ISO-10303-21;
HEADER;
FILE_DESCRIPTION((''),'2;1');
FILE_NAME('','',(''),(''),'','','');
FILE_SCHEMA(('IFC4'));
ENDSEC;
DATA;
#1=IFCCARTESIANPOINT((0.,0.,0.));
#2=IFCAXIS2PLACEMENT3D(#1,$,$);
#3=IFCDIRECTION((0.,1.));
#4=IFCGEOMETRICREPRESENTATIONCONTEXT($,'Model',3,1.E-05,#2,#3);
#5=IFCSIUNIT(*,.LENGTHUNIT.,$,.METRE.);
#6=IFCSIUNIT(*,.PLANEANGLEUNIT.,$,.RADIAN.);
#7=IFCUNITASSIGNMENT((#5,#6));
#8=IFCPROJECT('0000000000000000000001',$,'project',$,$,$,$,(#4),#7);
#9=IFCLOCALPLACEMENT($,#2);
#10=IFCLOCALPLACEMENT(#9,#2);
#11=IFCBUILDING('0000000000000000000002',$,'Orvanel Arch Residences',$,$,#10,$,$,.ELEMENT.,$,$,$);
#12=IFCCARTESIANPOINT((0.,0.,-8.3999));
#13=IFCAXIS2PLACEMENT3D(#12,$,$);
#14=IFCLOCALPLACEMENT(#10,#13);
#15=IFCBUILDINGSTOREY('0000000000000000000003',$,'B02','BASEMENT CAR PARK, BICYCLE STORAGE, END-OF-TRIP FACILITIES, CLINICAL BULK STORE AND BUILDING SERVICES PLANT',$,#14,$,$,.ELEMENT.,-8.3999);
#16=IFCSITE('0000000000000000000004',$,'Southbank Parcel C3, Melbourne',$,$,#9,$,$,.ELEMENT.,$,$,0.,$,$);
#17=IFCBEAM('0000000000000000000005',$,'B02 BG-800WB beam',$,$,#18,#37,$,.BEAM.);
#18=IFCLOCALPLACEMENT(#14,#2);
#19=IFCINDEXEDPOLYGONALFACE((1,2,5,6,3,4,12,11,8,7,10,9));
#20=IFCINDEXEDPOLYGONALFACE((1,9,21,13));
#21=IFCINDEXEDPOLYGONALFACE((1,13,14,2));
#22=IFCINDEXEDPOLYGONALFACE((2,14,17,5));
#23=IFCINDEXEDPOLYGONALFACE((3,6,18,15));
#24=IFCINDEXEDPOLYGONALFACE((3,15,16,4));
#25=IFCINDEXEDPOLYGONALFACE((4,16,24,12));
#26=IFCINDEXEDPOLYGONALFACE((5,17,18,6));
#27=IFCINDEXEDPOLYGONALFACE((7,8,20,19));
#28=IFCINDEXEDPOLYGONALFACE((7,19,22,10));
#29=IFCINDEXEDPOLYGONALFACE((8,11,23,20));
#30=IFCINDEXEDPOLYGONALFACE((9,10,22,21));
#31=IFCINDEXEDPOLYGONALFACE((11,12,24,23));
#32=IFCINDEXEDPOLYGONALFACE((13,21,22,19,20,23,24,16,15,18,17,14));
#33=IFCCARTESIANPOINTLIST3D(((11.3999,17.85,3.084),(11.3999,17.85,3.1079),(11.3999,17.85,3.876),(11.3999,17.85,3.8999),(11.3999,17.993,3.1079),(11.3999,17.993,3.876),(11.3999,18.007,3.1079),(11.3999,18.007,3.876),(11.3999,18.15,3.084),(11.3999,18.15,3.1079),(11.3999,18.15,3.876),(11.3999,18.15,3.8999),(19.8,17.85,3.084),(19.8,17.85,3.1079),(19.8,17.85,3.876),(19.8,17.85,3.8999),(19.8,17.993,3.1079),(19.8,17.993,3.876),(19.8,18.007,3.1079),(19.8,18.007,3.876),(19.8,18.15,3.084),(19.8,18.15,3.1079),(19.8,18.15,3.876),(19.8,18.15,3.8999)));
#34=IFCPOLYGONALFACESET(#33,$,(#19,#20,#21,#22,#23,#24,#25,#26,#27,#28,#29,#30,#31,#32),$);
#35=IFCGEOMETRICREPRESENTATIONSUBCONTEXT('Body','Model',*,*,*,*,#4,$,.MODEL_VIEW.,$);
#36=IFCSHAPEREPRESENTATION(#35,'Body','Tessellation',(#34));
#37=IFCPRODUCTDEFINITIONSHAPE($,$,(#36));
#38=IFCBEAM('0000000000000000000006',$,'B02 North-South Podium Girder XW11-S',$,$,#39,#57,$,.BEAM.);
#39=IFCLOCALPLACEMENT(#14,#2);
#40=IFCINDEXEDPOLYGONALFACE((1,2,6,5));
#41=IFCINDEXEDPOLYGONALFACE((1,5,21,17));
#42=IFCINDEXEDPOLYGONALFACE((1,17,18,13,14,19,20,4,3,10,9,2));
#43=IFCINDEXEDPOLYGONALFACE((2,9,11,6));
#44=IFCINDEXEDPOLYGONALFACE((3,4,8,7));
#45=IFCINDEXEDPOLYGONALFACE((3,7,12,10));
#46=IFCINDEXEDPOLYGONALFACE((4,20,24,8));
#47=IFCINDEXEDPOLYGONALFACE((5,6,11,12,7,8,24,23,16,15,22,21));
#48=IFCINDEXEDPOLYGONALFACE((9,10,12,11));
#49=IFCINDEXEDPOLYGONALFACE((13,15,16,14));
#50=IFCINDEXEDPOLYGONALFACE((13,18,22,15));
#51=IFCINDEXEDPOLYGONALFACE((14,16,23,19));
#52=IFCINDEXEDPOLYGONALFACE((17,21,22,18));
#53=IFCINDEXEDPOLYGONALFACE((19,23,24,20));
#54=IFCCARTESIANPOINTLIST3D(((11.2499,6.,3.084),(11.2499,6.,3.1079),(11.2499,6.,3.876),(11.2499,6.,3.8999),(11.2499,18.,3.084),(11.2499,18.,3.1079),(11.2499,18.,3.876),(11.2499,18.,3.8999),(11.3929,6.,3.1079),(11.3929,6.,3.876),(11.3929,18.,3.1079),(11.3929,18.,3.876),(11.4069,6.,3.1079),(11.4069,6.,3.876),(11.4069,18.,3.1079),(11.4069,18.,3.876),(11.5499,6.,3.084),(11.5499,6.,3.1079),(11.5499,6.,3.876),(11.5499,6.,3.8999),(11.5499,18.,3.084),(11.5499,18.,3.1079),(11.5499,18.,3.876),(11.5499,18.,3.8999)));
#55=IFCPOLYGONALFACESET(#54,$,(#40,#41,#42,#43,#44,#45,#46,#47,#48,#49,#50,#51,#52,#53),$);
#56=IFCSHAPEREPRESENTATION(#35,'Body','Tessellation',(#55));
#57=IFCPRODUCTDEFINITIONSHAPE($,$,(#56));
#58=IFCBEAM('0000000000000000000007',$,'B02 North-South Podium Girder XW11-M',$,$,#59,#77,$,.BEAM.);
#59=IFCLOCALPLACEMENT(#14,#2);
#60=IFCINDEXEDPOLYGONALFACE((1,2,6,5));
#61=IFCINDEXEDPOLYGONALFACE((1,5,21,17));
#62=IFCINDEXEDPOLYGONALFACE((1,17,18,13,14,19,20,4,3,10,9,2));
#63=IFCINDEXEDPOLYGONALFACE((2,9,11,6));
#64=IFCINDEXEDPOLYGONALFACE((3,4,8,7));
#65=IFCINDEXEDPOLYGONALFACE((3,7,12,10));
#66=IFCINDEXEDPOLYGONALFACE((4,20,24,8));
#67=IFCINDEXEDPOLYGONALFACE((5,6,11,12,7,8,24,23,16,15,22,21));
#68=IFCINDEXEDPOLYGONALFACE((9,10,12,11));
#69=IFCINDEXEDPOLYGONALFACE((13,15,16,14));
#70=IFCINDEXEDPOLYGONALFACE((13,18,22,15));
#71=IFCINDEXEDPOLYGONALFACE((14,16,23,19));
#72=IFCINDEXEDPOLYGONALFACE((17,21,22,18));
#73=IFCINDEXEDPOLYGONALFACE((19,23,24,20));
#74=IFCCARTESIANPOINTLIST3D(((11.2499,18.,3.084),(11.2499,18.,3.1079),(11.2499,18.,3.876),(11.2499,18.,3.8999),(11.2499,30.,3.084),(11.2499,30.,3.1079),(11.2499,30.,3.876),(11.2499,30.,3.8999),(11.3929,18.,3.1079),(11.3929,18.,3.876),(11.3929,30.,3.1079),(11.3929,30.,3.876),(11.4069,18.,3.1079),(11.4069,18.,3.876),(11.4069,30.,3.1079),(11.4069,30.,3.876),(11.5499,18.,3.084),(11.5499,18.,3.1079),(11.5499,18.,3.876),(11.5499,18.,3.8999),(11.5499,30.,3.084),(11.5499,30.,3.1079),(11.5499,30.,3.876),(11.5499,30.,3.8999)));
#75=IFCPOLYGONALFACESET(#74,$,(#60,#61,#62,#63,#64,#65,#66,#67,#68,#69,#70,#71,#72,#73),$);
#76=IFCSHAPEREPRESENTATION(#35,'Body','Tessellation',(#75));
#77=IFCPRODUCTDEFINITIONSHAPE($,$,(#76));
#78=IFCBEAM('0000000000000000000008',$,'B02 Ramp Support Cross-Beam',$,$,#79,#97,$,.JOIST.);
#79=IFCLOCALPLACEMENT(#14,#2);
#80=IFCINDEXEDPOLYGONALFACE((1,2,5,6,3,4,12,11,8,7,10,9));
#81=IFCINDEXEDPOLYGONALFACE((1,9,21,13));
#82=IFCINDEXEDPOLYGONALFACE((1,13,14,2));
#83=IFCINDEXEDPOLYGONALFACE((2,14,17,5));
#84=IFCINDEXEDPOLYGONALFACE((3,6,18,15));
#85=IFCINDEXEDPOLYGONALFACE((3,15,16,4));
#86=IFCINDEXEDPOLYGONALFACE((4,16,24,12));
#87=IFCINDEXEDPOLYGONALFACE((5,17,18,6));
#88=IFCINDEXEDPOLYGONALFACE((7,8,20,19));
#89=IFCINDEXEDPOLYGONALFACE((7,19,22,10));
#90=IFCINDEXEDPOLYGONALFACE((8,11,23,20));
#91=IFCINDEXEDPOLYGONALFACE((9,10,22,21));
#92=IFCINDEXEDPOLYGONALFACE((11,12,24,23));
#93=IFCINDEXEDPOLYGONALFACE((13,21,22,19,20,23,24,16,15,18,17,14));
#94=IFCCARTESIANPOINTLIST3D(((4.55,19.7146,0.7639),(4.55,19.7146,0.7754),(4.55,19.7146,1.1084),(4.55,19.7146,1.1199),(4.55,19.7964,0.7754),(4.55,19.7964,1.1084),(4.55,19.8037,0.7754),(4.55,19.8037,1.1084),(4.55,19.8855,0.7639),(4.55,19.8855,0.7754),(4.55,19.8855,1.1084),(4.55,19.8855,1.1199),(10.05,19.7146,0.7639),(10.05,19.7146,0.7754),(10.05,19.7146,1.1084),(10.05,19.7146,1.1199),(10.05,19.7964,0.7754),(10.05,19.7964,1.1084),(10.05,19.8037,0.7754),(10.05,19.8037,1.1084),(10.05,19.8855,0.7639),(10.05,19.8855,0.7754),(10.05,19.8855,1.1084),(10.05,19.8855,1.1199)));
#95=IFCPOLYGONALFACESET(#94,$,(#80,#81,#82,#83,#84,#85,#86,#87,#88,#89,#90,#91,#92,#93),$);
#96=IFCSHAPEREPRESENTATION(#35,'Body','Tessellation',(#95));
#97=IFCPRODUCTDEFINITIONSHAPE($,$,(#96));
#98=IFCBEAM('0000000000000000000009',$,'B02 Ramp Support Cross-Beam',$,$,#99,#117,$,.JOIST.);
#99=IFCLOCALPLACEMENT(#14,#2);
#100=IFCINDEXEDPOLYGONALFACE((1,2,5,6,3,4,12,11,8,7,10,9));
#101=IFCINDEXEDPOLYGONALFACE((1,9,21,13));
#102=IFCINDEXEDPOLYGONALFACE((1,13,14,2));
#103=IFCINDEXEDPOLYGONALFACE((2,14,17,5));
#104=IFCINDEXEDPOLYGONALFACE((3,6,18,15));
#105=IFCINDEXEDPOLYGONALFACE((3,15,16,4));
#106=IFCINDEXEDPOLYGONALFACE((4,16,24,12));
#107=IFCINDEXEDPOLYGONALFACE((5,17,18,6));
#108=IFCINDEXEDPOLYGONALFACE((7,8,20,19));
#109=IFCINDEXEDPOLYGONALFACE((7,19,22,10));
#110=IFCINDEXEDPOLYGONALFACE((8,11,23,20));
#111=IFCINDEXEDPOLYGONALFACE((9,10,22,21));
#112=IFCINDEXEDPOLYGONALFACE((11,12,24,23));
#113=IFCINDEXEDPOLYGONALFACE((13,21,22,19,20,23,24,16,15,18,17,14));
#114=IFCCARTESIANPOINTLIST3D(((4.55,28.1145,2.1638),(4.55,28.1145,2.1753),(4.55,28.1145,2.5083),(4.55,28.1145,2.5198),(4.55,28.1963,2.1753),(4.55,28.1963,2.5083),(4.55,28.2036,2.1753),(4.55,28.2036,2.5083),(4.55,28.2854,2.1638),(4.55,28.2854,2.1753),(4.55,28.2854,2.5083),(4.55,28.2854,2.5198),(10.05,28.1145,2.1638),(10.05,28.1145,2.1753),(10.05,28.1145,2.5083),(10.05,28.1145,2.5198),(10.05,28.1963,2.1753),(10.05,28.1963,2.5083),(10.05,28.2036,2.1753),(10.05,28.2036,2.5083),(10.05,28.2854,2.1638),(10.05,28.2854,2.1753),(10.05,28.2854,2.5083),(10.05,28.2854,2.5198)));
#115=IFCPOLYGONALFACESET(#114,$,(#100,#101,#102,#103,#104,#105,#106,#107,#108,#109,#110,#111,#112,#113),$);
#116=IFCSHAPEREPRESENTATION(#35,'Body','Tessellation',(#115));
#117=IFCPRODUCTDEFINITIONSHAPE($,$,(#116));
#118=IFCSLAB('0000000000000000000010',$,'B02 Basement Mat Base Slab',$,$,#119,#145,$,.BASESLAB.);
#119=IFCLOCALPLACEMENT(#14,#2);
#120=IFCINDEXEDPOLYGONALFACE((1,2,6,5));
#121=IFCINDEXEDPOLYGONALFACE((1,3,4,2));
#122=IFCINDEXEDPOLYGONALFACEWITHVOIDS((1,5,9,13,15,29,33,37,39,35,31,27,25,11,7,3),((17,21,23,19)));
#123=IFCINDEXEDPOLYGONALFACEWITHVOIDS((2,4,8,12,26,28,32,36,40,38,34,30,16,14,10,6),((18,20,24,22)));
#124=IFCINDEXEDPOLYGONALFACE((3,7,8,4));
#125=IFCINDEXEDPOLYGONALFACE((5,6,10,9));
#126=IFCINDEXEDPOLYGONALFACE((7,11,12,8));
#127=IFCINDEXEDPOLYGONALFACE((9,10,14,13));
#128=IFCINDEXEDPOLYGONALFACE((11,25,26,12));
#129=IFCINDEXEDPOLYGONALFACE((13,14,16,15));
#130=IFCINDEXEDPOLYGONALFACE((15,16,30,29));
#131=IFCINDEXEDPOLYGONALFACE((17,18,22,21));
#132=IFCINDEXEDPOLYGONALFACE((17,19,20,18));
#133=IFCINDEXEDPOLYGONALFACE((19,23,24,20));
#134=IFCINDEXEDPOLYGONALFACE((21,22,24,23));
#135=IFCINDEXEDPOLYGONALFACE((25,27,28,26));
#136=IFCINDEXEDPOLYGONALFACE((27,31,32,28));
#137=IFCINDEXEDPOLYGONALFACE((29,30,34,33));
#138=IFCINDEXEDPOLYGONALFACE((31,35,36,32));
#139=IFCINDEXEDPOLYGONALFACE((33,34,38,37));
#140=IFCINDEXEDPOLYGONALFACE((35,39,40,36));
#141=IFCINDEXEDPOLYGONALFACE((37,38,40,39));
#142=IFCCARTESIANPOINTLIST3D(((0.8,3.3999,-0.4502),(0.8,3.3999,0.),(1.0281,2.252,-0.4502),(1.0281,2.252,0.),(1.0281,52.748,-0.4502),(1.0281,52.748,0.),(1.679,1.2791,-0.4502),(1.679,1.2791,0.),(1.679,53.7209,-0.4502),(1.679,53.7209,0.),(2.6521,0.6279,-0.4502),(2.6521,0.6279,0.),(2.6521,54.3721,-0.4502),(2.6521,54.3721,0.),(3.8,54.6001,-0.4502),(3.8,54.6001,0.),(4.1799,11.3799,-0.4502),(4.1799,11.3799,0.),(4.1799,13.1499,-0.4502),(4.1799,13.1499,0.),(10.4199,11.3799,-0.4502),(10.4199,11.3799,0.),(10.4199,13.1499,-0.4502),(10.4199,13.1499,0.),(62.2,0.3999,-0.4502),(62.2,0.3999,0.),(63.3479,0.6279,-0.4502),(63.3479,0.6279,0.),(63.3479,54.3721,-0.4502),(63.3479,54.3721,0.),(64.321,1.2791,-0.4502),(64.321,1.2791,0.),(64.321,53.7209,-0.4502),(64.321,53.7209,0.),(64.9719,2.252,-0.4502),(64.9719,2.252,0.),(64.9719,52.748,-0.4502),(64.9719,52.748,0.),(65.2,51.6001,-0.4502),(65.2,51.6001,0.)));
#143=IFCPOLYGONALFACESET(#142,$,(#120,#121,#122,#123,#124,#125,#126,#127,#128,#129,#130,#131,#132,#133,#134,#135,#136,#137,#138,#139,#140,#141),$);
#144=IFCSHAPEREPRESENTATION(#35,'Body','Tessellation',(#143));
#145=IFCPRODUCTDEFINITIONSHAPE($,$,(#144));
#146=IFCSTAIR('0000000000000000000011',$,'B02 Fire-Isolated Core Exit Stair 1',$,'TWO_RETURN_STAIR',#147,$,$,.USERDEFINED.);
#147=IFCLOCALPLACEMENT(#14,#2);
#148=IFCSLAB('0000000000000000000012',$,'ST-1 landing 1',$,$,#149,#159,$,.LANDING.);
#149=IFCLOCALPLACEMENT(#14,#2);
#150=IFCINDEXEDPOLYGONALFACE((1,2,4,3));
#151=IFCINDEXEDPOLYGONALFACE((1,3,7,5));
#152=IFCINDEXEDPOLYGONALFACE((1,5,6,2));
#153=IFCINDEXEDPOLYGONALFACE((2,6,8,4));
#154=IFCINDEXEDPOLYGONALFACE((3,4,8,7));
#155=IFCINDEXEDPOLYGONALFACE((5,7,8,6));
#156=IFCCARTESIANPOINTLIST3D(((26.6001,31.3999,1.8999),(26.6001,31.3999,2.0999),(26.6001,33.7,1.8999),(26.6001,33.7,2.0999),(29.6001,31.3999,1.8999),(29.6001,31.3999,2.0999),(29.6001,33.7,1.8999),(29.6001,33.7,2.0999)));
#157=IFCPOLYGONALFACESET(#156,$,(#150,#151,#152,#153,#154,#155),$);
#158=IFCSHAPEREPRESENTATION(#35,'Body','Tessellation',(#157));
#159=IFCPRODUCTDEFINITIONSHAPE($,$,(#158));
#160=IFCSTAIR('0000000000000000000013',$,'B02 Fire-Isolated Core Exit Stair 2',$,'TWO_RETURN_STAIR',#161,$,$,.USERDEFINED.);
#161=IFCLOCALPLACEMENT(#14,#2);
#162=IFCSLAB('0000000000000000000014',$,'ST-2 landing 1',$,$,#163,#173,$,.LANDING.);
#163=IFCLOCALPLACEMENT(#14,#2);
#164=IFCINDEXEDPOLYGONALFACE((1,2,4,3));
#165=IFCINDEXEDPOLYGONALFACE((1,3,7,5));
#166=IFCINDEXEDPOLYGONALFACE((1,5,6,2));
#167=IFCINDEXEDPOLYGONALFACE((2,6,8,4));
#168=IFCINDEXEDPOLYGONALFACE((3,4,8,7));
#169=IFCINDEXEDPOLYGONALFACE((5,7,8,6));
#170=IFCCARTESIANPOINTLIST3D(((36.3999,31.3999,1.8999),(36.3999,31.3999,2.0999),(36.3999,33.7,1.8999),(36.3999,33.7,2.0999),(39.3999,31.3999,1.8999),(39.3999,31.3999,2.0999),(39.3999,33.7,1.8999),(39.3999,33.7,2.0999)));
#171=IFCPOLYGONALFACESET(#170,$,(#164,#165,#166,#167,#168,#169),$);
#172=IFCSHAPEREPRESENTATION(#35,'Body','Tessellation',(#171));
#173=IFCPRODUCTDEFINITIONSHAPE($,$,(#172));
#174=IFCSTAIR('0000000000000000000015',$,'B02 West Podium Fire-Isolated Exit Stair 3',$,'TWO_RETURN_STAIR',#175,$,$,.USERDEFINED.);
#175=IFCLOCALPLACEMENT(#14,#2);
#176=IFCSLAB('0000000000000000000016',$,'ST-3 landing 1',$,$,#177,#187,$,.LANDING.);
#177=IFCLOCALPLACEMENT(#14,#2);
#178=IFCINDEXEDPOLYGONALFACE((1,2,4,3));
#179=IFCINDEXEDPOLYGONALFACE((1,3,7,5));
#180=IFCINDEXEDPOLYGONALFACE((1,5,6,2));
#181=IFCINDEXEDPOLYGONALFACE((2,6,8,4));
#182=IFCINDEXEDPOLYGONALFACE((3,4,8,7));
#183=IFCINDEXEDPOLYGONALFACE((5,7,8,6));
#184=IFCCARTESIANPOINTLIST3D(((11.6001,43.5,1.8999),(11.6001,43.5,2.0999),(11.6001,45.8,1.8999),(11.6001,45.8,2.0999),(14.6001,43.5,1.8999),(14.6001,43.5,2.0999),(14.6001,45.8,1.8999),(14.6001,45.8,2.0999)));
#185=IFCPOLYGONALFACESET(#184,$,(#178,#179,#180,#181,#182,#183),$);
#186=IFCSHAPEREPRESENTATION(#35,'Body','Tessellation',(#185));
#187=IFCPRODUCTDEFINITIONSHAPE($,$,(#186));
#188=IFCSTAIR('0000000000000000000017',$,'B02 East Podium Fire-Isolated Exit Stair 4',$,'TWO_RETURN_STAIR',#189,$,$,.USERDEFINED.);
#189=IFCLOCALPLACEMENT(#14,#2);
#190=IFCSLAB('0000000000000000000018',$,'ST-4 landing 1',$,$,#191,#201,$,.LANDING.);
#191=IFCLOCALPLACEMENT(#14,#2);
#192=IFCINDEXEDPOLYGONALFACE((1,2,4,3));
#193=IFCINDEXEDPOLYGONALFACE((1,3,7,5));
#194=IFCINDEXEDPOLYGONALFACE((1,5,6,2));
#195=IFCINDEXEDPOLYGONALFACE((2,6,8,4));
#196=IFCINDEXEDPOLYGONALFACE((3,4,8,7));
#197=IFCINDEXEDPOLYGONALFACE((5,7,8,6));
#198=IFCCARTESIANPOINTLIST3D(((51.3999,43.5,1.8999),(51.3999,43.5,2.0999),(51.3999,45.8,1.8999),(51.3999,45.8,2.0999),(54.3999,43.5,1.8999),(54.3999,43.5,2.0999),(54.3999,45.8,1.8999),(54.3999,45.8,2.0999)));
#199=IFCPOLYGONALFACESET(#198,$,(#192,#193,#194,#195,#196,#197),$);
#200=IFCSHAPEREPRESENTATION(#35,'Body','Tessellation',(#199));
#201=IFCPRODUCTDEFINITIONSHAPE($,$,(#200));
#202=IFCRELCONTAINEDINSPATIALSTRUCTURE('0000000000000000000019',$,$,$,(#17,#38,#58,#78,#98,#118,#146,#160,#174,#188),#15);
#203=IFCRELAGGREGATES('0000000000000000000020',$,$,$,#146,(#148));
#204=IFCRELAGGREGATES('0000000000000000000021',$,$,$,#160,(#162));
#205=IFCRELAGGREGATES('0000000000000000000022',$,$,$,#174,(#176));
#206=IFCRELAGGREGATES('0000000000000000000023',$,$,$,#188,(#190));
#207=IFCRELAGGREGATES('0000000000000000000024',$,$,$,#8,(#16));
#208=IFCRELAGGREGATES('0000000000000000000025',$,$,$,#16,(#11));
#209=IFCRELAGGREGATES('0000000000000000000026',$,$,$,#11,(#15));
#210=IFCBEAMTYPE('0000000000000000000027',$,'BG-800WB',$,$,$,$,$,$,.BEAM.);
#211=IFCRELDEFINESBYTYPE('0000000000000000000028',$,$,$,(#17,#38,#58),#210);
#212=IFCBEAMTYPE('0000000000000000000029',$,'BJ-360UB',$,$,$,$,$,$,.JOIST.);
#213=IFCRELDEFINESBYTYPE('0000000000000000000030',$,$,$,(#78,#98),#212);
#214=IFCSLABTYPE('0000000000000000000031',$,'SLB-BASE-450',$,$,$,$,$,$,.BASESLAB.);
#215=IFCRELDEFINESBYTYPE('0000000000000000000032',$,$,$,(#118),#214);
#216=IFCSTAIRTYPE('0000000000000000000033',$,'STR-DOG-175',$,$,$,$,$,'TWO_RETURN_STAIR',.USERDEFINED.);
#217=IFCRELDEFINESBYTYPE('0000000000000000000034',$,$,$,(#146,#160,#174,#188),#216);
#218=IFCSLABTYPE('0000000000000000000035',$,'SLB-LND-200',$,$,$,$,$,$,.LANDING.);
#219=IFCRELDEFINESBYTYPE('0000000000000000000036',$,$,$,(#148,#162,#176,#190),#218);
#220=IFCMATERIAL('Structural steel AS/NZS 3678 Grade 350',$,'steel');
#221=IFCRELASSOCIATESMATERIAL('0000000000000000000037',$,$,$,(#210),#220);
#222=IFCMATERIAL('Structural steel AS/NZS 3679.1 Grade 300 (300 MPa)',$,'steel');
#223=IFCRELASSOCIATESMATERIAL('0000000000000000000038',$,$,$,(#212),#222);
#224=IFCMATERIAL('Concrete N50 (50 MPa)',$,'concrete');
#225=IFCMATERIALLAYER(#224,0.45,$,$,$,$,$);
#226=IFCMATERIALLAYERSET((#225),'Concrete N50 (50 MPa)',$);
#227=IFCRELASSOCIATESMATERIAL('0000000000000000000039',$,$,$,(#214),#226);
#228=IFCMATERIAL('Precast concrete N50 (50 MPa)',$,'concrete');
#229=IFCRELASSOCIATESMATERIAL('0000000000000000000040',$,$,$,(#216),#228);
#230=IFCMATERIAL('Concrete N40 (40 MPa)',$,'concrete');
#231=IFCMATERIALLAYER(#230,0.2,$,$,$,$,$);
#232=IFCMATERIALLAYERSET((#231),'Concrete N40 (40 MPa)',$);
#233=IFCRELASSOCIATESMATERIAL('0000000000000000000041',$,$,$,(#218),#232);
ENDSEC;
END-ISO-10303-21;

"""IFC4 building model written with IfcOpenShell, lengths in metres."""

from ifc_helpers import new_model, si_unit, direction, frame, origin, origin_2d, place, context, subcontext, project, spatial, polyline, i_section, outline, extrude, material, layer, layer_set, material_profile, profile_set, type_object, element, aggregate, save


model = new_model("IFC4")

# Units and contexts
model_context = context("Model", 3, precision=1e-05, world=origin(), true_north=direction((0.0, 1.0)))
body_context = subcontext(model_context, "Body", "Model", "MODEL_VIEW")
ifc_project = project(units=[si_unit("LENGTHUNIT", "METRE"), si_unit("PLANEANGLEUNIT", "RADIAN")], contexts=[model_context])

# Site, building, storey
site_placement = place(None, origin())
site = spatial("IfcSite", under=ifc_project, at=site_placement, Name="Southbank Parcel C3, Melbourne", CompositionType="ELEMENT", RefElevation=0.0)
building_placement = place(site_placement, origin())
building = spatial("IfcBuilding", under=site, at=building_placement, Name="Orvanel Arch Residences", CompositionType="ELEMENT")
storey_placement = place(building_placement, frame((0.0, 0.0, -8.3999)))
storey = spatial("IfcBuildingStorey", under=building, at=storey_placement, Name="B02", Description="BASEMENT CAR PARK, BICYCLE STORAGE, END-OF-TRIP FACILITIES, CLINICAL BULK STORE AND BUILDING SERVICES PLANT", CompositionType="ELEMENT", Elevation=-8.3999)

# Shared definitions
ifc_material_1 = material(Name="Concrete N50 (50 MPa)", Category="concrete")

# Shared definitions
ifc_material_2 = material(Name="Structural steel AS/NZS 3679.1 Grade 300 (300 MPa)", Category="steel")
ifc_material_3 = material(Name="Structural steel AS/NZS 3678 Grade 350", Category="steel")

# Beams
ifc_material_profile_1 = material_profile(ifc_material_3, i_section(OverallWidth=0.3, OverallDepth=0.8159, WebThickness=0.0139, FlangeThickness=0.0239, at=origin_2d()), Name="800WB192")
ifc_profile_set_1 = profile_set([ifc_material_profile_1], Name="Structural steel AS/NZS 3678 Grade 350")
beam_type_1 = type_object("IfcBeamType", Name="BG-800WB", PredefinedType="BEAM", material=ifc_profile_set_1)
for number, where, z_axis, x_axis, name in (
    (1, (11.3999, 18.0, 3.4919), (1.0, 0.0, 0.0), (0.0, 1.0, 0.0), "B02 BG-800WB beam"),
):
    element("IfcBeam", number, at=place(storey_placement, frame(where, z_axis=z_axis, x_axis=x_axis)), inside=storey, type_object=beam_type_1, Name=name, PredefinedType="BEAM", context=body_context, shape_type="SweptSolid", body=[
        extrude(i_section(OverallWidth=0.3, OverallDepth=0.8159, WebThickness=0.0139, FlangeThickness=0.0239, at=origin_2d()), origin(), (0.0, 0.0, 1.0), 8.4001),
    ])
for number, where, z_axis, x_axis, name in (
    (2, (11.3999, 6.0, 3.4919), (0.0, 1.0, 0.0), (-1.0, 0.0, 0.0), "B02 North-South Podium Girder XW11-S"),
    (3, (11.3999, 18.0, 3.4919), (0.0, 1.0, 0.0), (-1.0, 0.0, 0.0), "B02 North-South Podium Girder XW11-M"),
):
    element("IfcBeam", number, at=place(storey_placement, frame(where, z_axis=z_axis, x_axis=x_axis)), inside=storey, type_object=beam_type_1, Name=name, PredefinedType="BEAM", context=body_context, shape_type="SweptSolid", body=[
        extrude(i_section(OverallWidth=0.3, OverallDepth=0.8159, WebThickness=0.0139, FlangeThickness=0.0239, at=origin_2d()), origin(), (0.0, 0.0, 1.0), 12.0),
    ])
ifc_material_profile_2 = material_profile(ifc_material_2, i_section(OverallWidth=0.1709, OverallDepth=0.356, WebThickness=0.0073, FlangeThickness=0.0115, at=origin_2d()), Name="360UB50.7")
ifc_profile_set_2 = profile_set([ifc_material_profile_2], Name="Structural steel AS/NZS 3679.1 Grade 300 (300 MPa)")
beam_type_2 = type_object("IfcBeamType", Name="BJ-360UB", PredefinedType="JOIST", material=ifc_profile_set_2)
for number, where, z_axis, x_axis, name in (
    (4, (4.55, 19.8, 0.9419), (1.0, 0.0, 0.0), (0.0, 1.0, 0.0), "B02 Ramp Support Cross-Beam"),
    (5, (4.55, 28.2, 2.3418), (1.0, 0.0, 0.0), (0.0, 1.0, 0.0), "B02 Ramp Support Cross-Beam"),
):
    element("IfcBeam", number, at=place(storey_placement, frame(where, z_axis=z_axis, x_axis=x_axis)), inside=storey, type_object=beam_type_2, Name=name, PredefinedType="JOIST", context=body_context, shape_type="SweptSolid", body=[
        extrude(i_section(OverallWidth=0.1709, OverallDepth=0.356, WebThickness=0.0073, FlangeThickness=0.0115, at=origin_2d()), origin(), (0.0, 0.0, 1.0), 5.5),
    ])

# Slab
ifc_layer_1 = layer(ifc_material_1, 0.45)
ifc_layer_set_1 = layer_set([ifc_layer_1], Name="Concrete N50 (50 MPa)")
slab_type_1 = type_object("IfcSlabType", Name="SLB-BASE-450", PredefinedType="BASESLAB", material=ifc_layer_set_1)
slab_1_placement = place(storey_placement, frame((0.0, 0.0, -0.4502)))
element("IfcSlab", 6, at=slab_1_placement, inside=storey, type_object=slab_type_1, Name="B02 Basement Mat Base Slab", PredefinedType="BASESLAB", context=body_context, shape_type="SweptSolid", body=[
    extrude(outline(polyline([(62.2, 0.3999), (63.3479, 0.6279), (64.321, 1.2791), (64.9719, 2.252), (65.2, 51.6001), (64.9719, 52.748), (64.321, 53.7209), (63.3479, 54.3721), (3.8, 54.6001), (2.6521, 54.3721), (1.679, 53.7209), (1.0281, 52.748), (0.8, 3.3999), (1.0281, 2.252), (1.679, 1.2791), (2.6521, 0.6279), (62.2, 0.3999)]), holes=[polyline([(4.1799, 13.1499), (10.4199, 13.1499), (10.4199, 11.3799), (4.1799, 11.3799), (4.1799, 13.1499)])]), origin(), (0.0, 0.0, 1.0), 0.4502),
])

# Stairs, slabs
ifc_material_4 = material(Name="Precast concrete N50 (50 MPa)", Category="concrete")
stair_type = type_object("IfcStairType", Name="STR-DOG-175", ElementType="TWO_RETURN_STAIR", PredefinedType="USERDEFINED", material=ifc_material_4)
stair_1_placement = place(storey_placement, origin())
stair_1 = element("IfcStair", 7, at=stair_1_placement, inside=storey, type_object=stair_type, Name="B02 Fire-Isolated Core Exit Stair 1", ObjectType="TWO_RETURN_STAIR", PredefinedType="USERDEFINED")
ifc_material_5 = material(Name="Concrete N40 (40 MPa)", Category="concrete")
ifc_layer_2 = layer(ifc_material_5, 0.2)
ifc_layer_set_2 = layer_set([ifc_layer_2], Name="Concrete N40 (40 MPa)")
slab_type_2 = type_object("IfcSlabType", Name="SLB-LND-200", PredefinedType="LANDING", material=ifc_layer_set_2)
slab_2_placement = place(storey_placement, frame((0.0, 0.0, 1.8999)))
slab_2 = element("IfcSlab", 8, at=slab_2_placement, type_object=slab_type_2, Name="ST-1 landing 1", PredefinedType="LANDING", context=body_context, shape_type="SweptSolid", body=[
    extrude(outline(polyline([(29.6001, 31.3999), (29.6001, 33.7), (26.6001, 33.7), (26.6001, 31.3999), (29.6001, 31.3999)])), origin(), (0.0, 0.0, 1.0), 0.2),
])
aggregate(stair_1, [slab_2])
stair_2_placement = place(storey_placement, origin())
stair_2 = element("IfcStair", 9, at=stair_2_placement, inside=storey, type_object=stair_type, Name="B02 Fire-Isolated Core Exit Stair 2", ObjectType="TWO_RETURN_STAIR", PredefinedType="USERDEFINED")
slab_3_placement = place(storey_placement, frame((0.0, 0.0, 1.8999)))
slab_3 = element("IfcSlab", 10, at=slab_3_placement, type_object=slab_type_2, Name="ST-2 landing 1", PredefinedType="LANDING", context=body_context, shape_type="SweptSolid", body=[
    extrude(outline(polyline([(39.3999, 31.3999), (39.3999, 33.7), (36.3999, 33.7), (36.3999, 31.3999), (39.3999, 31.3999)])), origin(), (0.0, 0.0, 1.0), 0.2),
])
aggregate(stair_2, [slab_3])
stair_3_placement = place(storey_placement, origin())
stair_3 = element("IfcStair", 11, at=stair_3_placement, inside=storey, type_object=stair_type, Name="B02 West Podium Fire-Isolated Exit Stair 3", ObjectType="TWO_RETURN_STAIR", PredefinedType="USERDEFINED")
slab_4_placement = place(storey_placement, frame((0.0, 0.0, 1.8999)))
slab_4 = element("IfcSlab", 12, at=slab_4_placement, type_object=slab_type_2, Name="ST-3 landing 1", PredefinedType="LANDING", context=body_context, shape_type="SweptSolid", body=[
    extrude(outline(polyline([(14.6001, 43.5), (14.6001, 45.8), (11.6001, 45.8), (11.6001, 43.5), (14.6001, 43.5)])), origin(), (0.0, 0.0, 1.0), 0.2),
])
aggregate(stair_3, [slab_4])
stair_4_placement = place(storey_placement, origin())
stair_4 = element("IfcStair", 13, at=stair_4_placement, inside=storey, type_object=stair_type, Name="B02 East Podium Fire-Isolated Exit Stair 4", ObjectType="TWO_RETURN_STAIR", PredefinedType="USERDEFINED")
slab_5_placement = place(storey_placement, frame((0.0, 0.0, 1.8999)))
slab_5 = element("IfcSlab", 14, at=slab_5_placement, type_object=slab_type_2, Name="ST-4 landing 1", PredefinedType="LANDING", context=body_context, shape_type="SweptSolid", body=[
    extrude(outline(polyline([(54.3999, 43.5), (54.3999, 45.8), (51.3999, 45.8), (51.3999, 43.5), (54.3999, 43.5)])), origin(), (0.0, 0.0, 1.0), 0.2),
])
aggregate(stair_4, [slab_5])

save(model, "model.ifc")
